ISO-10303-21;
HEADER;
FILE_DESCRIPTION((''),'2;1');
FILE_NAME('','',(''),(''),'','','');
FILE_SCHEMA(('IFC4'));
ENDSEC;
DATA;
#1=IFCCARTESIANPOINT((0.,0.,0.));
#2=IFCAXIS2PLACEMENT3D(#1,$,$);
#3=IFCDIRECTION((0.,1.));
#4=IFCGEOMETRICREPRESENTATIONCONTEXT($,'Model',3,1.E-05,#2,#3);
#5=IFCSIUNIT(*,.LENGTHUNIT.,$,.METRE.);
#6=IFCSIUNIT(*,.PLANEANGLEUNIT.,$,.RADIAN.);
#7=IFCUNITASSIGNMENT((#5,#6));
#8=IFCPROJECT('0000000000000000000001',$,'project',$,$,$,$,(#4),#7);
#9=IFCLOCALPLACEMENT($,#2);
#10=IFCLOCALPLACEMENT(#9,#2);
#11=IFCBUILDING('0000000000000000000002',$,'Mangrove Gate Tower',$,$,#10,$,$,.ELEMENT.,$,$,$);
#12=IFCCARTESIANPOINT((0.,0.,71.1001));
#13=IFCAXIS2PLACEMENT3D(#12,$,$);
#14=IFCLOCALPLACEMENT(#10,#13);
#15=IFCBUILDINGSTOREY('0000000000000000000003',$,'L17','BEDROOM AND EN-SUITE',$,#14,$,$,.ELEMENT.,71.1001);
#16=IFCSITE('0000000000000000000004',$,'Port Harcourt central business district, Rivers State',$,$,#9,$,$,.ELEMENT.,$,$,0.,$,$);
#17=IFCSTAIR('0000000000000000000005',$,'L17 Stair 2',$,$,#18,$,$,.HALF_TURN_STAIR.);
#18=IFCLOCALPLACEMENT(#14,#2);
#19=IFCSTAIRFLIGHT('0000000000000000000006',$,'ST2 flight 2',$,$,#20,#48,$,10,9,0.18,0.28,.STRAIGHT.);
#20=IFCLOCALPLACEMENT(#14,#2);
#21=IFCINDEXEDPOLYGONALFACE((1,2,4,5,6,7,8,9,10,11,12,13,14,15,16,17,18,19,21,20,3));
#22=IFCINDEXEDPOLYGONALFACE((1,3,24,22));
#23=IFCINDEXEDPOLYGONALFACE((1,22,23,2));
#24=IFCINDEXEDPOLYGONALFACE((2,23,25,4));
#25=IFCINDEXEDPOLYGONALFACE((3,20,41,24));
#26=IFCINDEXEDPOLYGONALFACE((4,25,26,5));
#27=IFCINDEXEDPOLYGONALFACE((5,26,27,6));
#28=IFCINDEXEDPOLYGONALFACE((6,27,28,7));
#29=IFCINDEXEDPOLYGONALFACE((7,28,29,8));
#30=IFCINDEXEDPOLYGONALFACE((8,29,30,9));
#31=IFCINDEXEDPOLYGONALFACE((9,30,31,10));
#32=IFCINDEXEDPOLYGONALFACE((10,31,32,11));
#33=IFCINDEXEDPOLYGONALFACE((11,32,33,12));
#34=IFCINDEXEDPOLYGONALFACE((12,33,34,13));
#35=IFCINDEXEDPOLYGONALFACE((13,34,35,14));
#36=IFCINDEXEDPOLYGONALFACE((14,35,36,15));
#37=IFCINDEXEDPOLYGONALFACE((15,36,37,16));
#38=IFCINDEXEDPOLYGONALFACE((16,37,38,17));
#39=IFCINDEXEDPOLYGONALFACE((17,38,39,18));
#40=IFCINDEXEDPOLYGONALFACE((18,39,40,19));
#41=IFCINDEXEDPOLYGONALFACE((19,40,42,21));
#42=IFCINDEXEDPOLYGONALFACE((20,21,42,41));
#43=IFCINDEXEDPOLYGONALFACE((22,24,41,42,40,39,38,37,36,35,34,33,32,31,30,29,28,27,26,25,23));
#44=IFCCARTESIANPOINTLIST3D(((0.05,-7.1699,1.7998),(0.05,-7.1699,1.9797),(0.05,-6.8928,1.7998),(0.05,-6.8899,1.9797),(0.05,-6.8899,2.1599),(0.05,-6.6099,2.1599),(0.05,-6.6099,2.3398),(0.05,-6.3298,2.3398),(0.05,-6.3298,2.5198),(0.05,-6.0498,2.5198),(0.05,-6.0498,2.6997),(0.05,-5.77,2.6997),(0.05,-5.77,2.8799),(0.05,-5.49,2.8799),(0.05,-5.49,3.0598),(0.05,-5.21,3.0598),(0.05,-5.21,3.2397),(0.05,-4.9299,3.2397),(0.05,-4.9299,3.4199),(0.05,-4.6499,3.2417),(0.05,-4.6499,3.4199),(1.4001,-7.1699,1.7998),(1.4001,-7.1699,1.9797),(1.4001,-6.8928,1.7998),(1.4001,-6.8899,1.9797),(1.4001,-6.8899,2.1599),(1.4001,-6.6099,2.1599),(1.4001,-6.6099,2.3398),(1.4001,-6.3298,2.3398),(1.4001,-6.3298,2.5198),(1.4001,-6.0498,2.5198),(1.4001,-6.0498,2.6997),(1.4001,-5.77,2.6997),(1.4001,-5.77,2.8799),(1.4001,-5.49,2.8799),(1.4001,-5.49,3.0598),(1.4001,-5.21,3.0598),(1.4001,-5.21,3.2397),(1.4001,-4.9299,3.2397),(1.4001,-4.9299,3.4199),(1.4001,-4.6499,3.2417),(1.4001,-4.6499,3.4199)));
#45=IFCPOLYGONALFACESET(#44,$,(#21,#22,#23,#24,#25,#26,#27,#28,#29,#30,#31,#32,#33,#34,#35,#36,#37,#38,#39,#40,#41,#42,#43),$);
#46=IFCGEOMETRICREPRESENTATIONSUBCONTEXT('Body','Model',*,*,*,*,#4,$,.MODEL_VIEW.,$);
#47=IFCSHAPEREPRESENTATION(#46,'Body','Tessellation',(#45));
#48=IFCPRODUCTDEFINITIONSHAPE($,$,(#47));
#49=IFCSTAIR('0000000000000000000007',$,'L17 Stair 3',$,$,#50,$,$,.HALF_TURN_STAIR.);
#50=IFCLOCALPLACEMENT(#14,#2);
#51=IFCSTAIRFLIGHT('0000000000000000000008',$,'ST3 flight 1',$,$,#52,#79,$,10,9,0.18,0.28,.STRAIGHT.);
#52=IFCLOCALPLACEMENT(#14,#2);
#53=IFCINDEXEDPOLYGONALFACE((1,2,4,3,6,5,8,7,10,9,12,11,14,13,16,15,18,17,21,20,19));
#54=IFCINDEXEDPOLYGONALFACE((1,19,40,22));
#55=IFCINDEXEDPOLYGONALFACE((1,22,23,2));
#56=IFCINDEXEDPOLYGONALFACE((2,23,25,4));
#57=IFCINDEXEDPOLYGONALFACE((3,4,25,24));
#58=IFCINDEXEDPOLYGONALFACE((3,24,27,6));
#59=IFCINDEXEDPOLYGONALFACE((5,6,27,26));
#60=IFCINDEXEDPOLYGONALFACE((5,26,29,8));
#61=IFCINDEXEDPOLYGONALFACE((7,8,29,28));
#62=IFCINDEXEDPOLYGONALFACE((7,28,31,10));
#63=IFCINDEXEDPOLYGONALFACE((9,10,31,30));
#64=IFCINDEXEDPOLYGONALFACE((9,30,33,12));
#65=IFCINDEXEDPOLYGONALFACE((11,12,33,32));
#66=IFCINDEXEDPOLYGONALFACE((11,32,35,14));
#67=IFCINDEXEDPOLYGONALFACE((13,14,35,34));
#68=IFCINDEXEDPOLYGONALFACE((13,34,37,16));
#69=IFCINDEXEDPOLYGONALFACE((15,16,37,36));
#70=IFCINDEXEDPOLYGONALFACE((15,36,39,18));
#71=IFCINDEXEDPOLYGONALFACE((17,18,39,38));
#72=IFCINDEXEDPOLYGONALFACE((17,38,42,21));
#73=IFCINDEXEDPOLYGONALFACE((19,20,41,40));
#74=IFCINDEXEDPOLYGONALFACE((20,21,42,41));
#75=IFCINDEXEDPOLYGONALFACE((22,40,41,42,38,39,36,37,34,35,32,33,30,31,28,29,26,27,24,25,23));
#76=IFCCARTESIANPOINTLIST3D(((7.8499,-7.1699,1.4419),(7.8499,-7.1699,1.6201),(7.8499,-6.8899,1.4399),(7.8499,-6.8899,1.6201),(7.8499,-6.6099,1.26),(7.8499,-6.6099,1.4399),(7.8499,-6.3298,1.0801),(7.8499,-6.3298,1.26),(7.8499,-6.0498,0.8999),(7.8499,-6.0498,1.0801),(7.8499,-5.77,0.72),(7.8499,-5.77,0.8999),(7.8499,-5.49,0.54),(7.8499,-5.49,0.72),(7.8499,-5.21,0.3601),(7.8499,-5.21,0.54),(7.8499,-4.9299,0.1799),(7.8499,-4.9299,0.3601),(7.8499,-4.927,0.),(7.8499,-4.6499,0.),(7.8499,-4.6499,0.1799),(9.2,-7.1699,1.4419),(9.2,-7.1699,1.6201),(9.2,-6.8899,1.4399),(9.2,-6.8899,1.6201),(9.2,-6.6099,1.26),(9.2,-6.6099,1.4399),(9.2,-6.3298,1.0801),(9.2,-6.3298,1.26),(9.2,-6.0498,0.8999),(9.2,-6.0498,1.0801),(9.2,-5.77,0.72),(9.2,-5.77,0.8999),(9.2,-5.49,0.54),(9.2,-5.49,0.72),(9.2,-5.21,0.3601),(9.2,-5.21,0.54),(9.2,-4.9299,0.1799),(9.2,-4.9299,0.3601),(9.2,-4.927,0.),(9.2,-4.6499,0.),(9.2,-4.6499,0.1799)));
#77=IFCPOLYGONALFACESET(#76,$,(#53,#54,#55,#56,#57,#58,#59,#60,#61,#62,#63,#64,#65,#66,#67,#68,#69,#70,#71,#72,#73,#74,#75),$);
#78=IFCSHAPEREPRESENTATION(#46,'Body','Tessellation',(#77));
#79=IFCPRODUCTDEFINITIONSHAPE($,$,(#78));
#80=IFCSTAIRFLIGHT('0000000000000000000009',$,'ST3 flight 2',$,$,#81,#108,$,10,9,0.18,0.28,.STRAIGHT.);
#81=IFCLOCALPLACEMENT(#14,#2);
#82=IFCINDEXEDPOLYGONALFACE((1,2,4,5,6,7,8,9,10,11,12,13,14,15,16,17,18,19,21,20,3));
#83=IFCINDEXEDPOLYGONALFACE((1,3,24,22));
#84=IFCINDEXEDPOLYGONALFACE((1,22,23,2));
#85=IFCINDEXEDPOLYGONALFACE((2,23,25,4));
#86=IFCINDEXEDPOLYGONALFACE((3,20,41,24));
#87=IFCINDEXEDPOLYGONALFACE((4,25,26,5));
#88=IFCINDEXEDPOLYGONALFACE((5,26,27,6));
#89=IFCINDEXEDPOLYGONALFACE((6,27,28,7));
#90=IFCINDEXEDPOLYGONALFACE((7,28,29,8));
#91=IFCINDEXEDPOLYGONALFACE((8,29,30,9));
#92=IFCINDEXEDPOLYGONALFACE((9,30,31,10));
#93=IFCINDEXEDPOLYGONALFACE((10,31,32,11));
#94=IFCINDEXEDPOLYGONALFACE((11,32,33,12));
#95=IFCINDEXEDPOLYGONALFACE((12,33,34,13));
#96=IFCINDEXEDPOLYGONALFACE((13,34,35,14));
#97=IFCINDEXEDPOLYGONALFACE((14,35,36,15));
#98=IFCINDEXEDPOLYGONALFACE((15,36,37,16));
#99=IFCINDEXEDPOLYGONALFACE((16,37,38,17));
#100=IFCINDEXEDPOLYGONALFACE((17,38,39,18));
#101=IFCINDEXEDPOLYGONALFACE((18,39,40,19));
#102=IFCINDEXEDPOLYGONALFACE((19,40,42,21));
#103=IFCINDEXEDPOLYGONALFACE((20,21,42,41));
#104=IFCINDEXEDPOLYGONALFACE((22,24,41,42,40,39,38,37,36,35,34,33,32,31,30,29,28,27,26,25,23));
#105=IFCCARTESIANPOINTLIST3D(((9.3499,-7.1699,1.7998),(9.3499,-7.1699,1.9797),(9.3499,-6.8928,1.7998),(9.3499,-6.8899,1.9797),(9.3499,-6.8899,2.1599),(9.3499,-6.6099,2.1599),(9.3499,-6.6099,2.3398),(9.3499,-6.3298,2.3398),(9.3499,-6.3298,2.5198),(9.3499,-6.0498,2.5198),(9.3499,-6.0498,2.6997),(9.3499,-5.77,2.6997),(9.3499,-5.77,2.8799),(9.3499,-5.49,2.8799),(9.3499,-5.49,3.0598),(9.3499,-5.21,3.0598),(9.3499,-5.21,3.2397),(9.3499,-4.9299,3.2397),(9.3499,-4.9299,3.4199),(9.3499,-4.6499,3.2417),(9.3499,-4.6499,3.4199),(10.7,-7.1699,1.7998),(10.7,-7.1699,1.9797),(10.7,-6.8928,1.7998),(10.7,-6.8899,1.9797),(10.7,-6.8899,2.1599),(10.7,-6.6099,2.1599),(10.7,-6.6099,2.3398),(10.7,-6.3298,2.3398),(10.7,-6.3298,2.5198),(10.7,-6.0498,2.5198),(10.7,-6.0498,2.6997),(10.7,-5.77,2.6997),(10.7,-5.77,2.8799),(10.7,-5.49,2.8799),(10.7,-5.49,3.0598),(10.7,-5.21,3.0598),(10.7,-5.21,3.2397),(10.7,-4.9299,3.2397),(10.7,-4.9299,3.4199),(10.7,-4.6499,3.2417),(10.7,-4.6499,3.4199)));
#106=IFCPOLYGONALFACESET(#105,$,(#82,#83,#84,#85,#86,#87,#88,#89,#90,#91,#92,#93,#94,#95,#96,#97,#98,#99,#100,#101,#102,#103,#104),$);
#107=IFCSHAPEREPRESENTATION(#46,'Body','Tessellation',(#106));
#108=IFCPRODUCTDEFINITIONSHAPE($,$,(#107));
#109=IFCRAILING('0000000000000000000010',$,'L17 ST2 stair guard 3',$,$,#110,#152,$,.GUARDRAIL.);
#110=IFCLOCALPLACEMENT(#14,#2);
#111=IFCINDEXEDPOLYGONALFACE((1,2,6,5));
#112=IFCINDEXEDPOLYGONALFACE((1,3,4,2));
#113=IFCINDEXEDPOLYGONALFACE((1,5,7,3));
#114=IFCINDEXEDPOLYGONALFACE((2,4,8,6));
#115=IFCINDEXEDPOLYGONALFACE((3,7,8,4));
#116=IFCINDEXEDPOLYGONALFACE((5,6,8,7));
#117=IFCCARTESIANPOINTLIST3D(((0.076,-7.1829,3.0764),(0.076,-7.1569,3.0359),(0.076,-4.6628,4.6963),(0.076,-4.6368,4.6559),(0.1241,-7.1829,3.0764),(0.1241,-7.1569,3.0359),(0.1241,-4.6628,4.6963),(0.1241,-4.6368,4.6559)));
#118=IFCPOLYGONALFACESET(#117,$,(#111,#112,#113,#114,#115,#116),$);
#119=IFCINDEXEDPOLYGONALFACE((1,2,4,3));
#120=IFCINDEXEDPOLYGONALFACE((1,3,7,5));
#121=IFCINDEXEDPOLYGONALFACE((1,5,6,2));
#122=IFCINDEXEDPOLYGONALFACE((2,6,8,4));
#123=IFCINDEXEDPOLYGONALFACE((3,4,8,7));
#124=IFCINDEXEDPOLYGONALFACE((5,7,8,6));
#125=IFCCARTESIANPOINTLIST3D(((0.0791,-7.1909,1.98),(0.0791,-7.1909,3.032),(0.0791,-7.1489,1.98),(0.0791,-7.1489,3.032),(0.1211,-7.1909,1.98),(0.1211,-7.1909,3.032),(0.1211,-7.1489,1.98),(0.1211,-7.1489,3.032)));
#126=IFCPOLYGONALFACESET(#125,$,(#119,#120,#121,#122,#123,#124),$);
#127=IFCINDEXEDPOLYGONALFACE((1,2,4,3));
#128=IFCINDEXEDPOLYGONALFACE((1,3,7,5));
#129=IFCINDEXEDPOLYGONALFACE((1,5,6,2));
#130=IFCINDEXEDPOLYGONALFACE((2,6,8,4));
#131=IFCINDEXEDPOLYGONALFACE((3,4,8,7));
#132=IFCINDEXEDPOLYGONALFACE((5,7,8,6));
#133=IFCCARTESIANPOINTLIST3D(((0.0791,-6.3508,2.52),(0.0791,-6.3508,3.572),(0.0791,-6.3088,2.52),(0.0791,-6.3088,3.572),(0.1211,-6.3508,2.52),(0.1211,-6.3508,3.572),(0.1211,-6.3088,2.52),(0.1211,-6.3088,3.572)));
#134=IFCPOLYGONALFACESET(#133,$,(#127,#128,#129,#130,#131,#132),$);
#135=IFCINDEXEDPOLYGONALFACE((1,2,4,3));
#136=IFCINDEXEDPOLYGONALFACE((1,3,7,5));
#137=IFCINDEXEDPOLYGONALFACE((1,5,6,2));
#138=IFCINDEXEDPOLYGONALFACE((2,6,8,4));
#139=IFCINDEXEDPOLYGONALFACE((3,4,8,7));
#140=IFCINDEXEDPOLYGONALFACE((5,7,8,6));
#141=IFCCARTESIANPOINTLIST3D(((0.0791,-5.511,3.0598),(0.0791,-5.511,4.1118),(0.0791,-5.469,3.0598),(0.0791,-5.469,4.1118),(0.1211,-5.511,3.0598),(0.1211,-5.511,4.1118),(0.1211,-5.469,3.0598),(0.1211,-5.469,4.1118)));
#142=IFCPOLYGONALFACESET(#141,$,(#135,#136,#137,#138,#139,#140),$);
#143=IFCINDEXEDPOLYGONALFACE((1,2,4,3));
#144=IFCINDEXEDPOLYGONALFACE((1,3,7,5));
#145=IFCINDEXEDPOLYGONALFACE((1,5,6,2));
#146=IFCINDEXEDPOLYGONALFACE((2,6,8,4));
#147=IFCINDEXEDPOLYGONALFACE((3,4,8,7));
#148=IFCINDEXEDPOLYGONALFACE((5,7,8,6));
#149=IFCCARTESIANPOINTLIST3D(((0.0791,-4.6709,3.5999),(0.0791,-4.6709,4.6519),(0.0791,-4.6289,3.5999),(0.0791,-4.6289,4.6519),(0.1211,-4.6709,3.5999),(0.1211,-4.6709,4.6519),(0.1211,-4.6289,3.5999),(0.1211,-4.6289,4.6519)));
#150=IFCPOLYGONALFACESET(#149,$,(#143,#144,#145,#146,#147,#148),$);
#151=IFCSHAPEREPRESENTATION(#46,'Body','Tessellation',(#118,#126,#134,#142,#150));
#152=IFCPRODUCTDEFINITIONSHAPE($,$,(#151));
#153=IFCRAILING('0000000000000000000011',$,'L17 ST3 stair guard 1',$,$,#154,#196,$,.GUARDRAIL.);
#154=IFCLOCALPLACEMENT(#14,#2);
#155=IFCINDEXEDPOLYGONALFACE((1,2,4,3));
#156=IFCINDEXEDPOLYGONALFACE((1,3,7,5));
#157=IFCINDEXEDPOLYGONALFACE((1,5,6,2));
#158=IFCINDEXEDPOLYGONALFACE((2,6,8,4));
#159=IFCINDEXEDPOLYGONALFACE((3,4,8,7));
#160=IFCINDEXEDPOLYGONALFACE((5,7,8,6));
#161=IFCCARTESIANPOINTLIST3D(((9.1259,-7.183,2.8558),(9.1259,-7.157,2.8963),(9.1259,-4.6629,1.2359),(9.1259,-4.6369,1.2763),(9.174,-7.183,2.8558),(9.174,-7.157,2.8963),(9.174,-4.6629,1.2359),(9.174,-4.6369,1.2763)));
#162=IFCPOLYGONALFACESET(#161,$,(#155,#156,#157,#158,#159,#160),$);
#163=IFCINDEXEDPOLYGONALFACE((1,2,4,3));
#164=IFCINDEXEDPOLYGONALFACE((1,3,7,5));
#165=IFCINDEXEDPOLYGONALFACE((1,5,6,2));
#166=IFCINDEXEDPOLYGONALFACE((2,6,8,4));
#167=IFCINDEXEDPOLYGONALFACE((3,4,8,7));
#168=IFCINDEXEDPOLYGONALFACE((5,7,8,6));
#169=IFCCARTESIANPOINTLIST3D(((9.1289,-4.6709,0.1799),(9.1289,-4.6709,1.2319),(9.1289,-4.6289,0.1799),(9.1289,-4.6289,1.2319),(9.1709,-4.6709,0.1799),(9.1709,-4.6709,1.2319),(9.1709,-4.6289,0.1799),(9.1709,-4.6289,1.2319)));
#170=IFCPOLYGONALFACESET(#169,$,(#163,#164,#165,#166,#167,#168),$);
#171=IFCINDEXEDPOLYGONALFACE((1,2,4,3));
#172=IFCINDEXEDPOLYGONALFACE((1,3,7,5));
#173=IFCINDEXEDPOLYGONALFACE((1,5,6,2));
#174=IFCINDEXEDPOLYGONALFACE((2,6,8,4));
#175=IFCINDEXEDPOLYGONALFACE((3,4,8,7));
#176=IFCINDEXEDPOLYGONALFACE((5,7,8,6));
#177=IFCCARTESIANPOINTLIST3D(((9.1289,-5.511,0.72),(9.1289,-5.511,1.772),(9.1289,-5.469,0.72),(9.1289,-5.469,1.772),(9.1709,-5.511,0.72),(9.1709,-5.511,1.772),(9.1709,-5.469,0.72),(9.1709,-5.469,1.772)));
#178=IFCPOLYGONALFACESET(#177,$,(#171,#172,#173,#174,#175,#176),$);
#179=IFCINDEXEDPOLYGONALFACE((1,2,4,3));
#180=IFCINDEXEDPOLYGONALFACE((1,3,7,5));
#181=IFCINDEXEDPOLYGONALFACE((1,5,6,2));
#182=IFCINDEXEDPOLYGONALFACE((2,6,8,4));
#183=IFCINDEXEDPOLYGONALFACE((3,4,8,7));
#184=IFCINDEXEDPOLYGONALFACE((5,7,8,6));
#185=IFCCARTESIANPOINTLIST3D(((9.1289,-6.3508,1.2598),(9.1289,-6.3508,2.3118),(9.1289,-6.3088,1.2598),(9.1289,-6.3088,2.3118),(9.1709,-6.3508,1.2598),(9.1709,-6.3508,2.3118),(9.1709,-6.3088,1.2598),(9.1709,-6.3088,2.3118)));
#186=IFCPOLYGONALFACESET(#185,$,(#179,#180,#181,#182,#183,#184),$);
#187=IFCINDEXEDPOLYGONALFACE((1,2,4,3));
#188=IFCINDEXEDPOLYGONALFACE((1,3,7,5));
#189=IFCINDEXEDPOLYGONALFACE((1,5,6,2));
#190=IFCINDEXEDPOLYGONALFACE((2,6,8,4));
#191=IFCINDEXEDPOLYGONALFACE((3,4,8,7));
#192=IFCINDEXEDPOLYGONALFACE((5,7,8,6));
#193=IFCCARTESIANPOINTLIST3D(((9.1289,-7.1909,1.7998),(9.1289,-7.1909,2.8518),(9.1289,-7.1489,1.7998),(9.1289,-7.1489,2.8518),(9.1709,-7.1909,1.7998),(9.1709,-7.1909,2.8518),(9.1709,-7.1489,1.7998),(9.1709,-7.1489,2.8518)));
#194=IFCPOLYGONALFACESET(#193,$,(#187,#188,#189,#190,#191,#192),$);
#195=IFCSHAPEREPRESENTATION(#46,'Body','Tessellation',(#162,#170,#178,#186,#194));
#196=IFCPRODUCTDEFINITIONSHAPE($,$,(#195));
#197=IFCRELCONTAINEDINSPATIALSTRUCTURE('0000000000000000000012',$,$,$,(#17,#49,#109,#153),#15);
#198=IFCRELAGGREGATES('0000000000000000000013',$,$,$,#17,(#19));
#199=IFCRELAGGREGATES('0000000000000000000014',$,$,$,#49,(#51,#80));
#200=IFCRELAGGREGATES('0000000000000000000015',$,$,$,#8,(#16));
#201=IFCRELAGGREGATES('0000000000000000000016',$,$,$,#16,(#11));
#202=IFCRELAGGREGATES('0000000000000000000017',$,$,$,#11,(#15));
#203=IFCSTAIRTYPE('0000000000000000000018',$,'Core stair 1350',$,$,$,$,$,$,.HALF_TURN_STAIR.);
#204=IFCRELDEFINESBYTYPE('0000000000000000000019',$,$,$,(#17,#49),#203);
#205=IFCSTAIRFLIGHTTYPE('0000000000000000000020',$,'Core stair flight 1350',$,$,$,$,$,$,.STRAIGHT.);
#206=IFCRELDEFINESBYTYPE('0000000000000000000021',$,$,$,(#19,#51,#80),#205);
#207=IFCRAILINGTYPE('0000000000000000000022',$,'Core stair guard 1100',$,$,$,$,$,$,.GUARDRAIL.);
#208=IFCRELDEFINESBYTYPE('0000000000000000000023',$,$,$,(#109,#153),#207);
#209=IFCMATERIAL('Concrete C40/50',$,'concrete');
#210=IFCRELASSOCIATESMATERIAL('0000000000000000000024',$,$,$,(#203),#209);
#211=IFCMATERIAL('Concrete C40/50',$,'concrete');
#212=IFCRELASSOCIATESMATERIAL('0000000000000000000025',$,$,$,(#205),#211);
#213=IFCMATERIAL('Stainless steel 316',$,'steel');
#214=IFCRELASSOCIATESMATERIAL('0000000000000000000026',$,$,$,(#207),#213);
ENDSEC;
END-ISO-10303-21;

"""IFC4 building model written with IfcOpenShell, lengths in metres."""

from ifc_helpers import new_model, si_unit, direction, frame, origin, origin_2d, place, context, subcontext, project, spatial, polyline, rectangle, outline, extrude, material, type_object, element, aggregate, save


model = new_model("IFC4")

# Units and contexts
model_context = context("Model", 3, precision=1e-05, world=origin(), true_north=direction((0.0, 1.0)))
body_context = subcontext(model_context, "Body", "Model", "MODEL_VIEW")
ifc_project = project(units=[si_unit("LENGTHUNIT", "METRE"), si_unit("PLANEANGLEUNIT", "RADIAN")], contexts=[model_context])

# Site, building, storey
site_placement = place(None, origin())
site = spatial("IfcSite", under=ifc_project, at=site_placement, Name="Port Harcourt central business district, Rivers State", CompositionType="ELEMENT", RefElevation=0.0)
building_placement = place(site_placement, origin())
building = spatial("IfcBuilding", under=site, at=building_placement, Name="Mangrove Gate Tower", CompositionType="ELEMENT")
storey_placement = place(building_placement, frame((0.0, 0.0, 71.1001)))
storey = spatial("IfcBuildingStorey", under=building, at=storey_placement, Name="L17", Description="BEDROOM AND EN-SUITE", CompositionType="ELEMENT", Elevation=71.1001)

# Stair, stair flight
ifc_material_1 = material(Name="Concrete C40/50", Category="concrete")
stair_type = type_object("IfcStairType", Name="Core stair 1350", PredefinedType="HALF_TURN_STAIR", material=ifc_material_1)
stair_1_placement = place(storey_placement, origin())
stair_1 = element("IfcStair", 1, at=stair_1_placement, inside=storey, type_object=stair_type, Name="L17 Stair 2", PredefinedType="HALF_TURN_STAIR")
ifc_material_2 = material(Name="Concrete C40/50", Category="concrete")
stair_flight_type = type_object("IfcStairFlightType", Name="Core stair flight 1350", PredefinedType="STRAIGHT", material=ifc_material_2)
stair_flight_1_placement = place(storey_placement, frame((0.7251, -7.1699, 1.7998), z_axis=(0.0, 0.0, 1.0), x_axis=(0.0, 1.0, 0.0)))
stair_flight_1 = element("IfcStairFlight", 2, at=stair_flight_1_placement, type_object=stair_flight_type, Name="ST2 flight 2", NumberOfRisers=10, NumberOfTreads=9, PredefinedType="STRAIGHT", RiserHeight=0.18, TreadLength=0.28, context=body_context, shape_type="SweptSolid", body=[
    extrude(outline(polyline([(0.0, 0.0), (0.0, 0.1799), (0.28, 0.1799), (0.28, 0.3601), (0.5601, 0.3601), (0.5601, 0.54), (0.8401, 0.54), (0.8401, 0.72), (1.1201, 0.72), (1.1201, 0.8999), (1.3999, 0.8999), (1.3999, 1.0801), (1.6799, 1.0801), (1.6799, 1.26), (1.96, 1.26), (1.96, 1.4399), (2.24, 1.4399), (2.24, 1.6201), (2.52, 1.6201), (2.52, 1.8), (2.52, 1.4419), (0.2771, 0.0), (0.0, 0.0)])), frame((0.0, 0.675, 0.0), z_axis=(0.0, -1.0, 0.0), x_axis=(1.0, 0.0, 0.0)), (0.0, 0.0, 1.0), 1.3501),
])
aggregate(stair_1, [stair_flight_1])

# Stair, stair flights
stair_2_placement = place(storey_placement, origin())
stair_2 = element("IfcStair", 3, at=stair_2_placement, inside=storey, type_object=stair_type, Name="L17 Stair 3", PredefinedType="HALF_TURN_STAIR")
stair_flight_2_placement = place(storey_placement, frame((8.5249, -4.6499, 0.0), z_axis=(0.0, 0.0, 1.0), x_axis=(0.0, -1.0, 0.0)))
stair_flight_2 = element("IfcStairFlight", 4, at=stair_flight_2_placement, type_object=stair_flight_type, Name="ST3 flight 1", NumberOfRisers=10, NumberOfTreads=9, PredefinedType="STRAIGHT", RiserHeight=0.18, TreadLength=0.28, context=body_context, shape_type="SweptSolid", body=[
    extrude(outline(polyline([(0.0, 0.0), (0.0, 0.1799), (0.28, 0.1799), (0.28, 0.3601), (0.5601, 0.3601), (0.5601, 0.54), (0.8401, 0.54), (0.8401, 0.72), (1.1201, 0.72), (1.1201, 0.8999), (1.3999, 0.8999), (1.3999, 1.0801), (1.6799, 1.0801), (1.6799, 1.26), (1.96, 1.26), (1.96, 1.4399), (2.24, 1.4399), (2.24, 1.6201), (2.52, 1.6201), (2.52, 1.8), (2.52, 1.4419), (0.2771, 0.0), (0.0, 0.0)])), frame((0.0, 0.675, 0.0), z_axis=(0.0, -1.0, 0.0), x_axis=(1.0, 0.0, 0.0)), (0.0, 0.0, 1.0), 1.3501),
])
stair_flight_3_placement = place(storey_placement, frame((10.0249, -7.1699, 1.7998), z_axis=(0.0, 0.0, 1.0), x_axis=(0.0, 1.0, 0.0)))
stair_flight_3 = element("IfcStairFlight", 5, at=stair_flight_3_placement, type_object=stair_flight_type, Name="ST3 flight 2", NumberOfRisers=10, NumberOfTreads=9, PredefinedType="STRAIGHT", RiserHeight=0.18, TreadLength=0.28, context=body_context, shape_type="SweptSolid", body=[
    extrude(outline(polyline([(0.0, 0.0), (0.0, 0.1799), (0.28, 0.1799), (0.28, 0.3601), (0.5601, 0.3601), (0.5601, 0.54), (0.8401, 0.54), (0.8401, 0.72), (1.1201, 0.72), (1.1201, 0.8999), (1.3999, 0.8999), (1.3999, 1.0801), (1.6799, 1.0801), (1.6799, 1.26), (1.96, 1.26), (1.96, 1.4399), (2.24, 1.4399), (2.24, 1.6201), (2.52, 1.6201), (2.52, 1.8), (2.52, 1.4419), (0.2771, 0.0), (0.0, 0.0)])), frame((0.0, 0.675, 0.0), z_axis=(0.0, -1.0, 0.0), x_axis=(1.0, 0.0, 0.0)), (0.0, 0.0, 1.0), 1.3501),
])
aggregate(stair_2, [stair_flight_2, stair_flight_3])

# Railings
ifc_material_3 = material(Name="Stainless steel 316", Category="steel")
railing_type_1 = type_object("IfcRailingType", Name="Core stair guard 1100", PredefinedType="GUARDRAIL", material=ifc_material_3)
railing_1_placement = place(storey_placement, frame((0.1001, -7.1699, 1.98)))
element("IfcRailing", 6, at=railing_1_placement, inside=storey, type_object=railing_type_1, Name="L17 ST2 stair guard 3", PredefinedType="GUARDRAIL", context=body_context, shape_type="SweptSolid", body=[
    extrude(rectangle(XDim=0.0481, YDim=0.0481, at=origin_2d()), frame((0.0, 0.0, 1.0762), z_axis=(0.0, 0.8412, 0.540725), x_axis=(-1.0, 0.0, 0.0)), (0.0, 0.0, 1.0), 2.9958),
    extrude(rectangle(XDim=0.042, YDim=0.042, at=origin_2d()), origin(), (0.0, 0.0, 1.0), 1.052),
    extrude(rectangle(XDim=0.042, YDim=0.042, at=origin_2d()), frame((0.0, 0.8401, 0.54)), (0.0, 0.0, 1.0), 1.052),
    extrude(rectangle(XDim=0.042, YDim=0.042, at=origin_2d()), frame((0.0, 1.6799, 1.0798)), (0.0, 0.0, 1.0), 1.052),
    extrude(rectangle(XDim=0.042, YDim=0.042, at=origin_2d()), frame((0.0, 2.52, 1.6199)), (0.0, 0.0, 1.0), 1.052),
])
railing_2_placement = place(storey_placement, frame((9.1499, -4.6499, 0.1799)))
element("IfcRailing", 7, at=railing_2_placement, inside=storey, type_object=railing_type_1, Name="L17 ST3 stair guard 1", PredefinedType="GUARDRAIL", context=body_context, shape_type="SweptSolid", body=[
    extrude(rectangle(XDim=0.0481, YDim=0.0481, at=origin_2d()), frame((0.0, 0.0, 1.0762), z_axis=(0.0, -0.8412, 0.540725), x_axis=(1.0, 0.0, 0.0)), (0.0, 0.0, 1.0), 2.9958),
    extrude(rectangle(XDim=0.042, YDim=0.042, at=origin_2d()), origin(), (0.0, 0.0, 1.0), 1.052),
    extrude(rectangle(XDim=0.042, YDim=0.042, at=origin_2d()), frame((0.0, -0.8401, 0.54)), (0.0, 0.0, 1.0), 1.052),
    extrude(rectangle(XDim=0.042, YDim=0.042, at=origin_2d()), frame((0.0, -1.6799, 1.0798)), (0.0, 0.0, 1.0), 1.052),
    extrude(rectangle(XDim=0.042, YDim=0.042, at=origin_2d()), frame((0.0, -2.52, 1.6199)), (0.0, 0.0, 1.0), 1.052),
])

save(model, "model.ifc")
